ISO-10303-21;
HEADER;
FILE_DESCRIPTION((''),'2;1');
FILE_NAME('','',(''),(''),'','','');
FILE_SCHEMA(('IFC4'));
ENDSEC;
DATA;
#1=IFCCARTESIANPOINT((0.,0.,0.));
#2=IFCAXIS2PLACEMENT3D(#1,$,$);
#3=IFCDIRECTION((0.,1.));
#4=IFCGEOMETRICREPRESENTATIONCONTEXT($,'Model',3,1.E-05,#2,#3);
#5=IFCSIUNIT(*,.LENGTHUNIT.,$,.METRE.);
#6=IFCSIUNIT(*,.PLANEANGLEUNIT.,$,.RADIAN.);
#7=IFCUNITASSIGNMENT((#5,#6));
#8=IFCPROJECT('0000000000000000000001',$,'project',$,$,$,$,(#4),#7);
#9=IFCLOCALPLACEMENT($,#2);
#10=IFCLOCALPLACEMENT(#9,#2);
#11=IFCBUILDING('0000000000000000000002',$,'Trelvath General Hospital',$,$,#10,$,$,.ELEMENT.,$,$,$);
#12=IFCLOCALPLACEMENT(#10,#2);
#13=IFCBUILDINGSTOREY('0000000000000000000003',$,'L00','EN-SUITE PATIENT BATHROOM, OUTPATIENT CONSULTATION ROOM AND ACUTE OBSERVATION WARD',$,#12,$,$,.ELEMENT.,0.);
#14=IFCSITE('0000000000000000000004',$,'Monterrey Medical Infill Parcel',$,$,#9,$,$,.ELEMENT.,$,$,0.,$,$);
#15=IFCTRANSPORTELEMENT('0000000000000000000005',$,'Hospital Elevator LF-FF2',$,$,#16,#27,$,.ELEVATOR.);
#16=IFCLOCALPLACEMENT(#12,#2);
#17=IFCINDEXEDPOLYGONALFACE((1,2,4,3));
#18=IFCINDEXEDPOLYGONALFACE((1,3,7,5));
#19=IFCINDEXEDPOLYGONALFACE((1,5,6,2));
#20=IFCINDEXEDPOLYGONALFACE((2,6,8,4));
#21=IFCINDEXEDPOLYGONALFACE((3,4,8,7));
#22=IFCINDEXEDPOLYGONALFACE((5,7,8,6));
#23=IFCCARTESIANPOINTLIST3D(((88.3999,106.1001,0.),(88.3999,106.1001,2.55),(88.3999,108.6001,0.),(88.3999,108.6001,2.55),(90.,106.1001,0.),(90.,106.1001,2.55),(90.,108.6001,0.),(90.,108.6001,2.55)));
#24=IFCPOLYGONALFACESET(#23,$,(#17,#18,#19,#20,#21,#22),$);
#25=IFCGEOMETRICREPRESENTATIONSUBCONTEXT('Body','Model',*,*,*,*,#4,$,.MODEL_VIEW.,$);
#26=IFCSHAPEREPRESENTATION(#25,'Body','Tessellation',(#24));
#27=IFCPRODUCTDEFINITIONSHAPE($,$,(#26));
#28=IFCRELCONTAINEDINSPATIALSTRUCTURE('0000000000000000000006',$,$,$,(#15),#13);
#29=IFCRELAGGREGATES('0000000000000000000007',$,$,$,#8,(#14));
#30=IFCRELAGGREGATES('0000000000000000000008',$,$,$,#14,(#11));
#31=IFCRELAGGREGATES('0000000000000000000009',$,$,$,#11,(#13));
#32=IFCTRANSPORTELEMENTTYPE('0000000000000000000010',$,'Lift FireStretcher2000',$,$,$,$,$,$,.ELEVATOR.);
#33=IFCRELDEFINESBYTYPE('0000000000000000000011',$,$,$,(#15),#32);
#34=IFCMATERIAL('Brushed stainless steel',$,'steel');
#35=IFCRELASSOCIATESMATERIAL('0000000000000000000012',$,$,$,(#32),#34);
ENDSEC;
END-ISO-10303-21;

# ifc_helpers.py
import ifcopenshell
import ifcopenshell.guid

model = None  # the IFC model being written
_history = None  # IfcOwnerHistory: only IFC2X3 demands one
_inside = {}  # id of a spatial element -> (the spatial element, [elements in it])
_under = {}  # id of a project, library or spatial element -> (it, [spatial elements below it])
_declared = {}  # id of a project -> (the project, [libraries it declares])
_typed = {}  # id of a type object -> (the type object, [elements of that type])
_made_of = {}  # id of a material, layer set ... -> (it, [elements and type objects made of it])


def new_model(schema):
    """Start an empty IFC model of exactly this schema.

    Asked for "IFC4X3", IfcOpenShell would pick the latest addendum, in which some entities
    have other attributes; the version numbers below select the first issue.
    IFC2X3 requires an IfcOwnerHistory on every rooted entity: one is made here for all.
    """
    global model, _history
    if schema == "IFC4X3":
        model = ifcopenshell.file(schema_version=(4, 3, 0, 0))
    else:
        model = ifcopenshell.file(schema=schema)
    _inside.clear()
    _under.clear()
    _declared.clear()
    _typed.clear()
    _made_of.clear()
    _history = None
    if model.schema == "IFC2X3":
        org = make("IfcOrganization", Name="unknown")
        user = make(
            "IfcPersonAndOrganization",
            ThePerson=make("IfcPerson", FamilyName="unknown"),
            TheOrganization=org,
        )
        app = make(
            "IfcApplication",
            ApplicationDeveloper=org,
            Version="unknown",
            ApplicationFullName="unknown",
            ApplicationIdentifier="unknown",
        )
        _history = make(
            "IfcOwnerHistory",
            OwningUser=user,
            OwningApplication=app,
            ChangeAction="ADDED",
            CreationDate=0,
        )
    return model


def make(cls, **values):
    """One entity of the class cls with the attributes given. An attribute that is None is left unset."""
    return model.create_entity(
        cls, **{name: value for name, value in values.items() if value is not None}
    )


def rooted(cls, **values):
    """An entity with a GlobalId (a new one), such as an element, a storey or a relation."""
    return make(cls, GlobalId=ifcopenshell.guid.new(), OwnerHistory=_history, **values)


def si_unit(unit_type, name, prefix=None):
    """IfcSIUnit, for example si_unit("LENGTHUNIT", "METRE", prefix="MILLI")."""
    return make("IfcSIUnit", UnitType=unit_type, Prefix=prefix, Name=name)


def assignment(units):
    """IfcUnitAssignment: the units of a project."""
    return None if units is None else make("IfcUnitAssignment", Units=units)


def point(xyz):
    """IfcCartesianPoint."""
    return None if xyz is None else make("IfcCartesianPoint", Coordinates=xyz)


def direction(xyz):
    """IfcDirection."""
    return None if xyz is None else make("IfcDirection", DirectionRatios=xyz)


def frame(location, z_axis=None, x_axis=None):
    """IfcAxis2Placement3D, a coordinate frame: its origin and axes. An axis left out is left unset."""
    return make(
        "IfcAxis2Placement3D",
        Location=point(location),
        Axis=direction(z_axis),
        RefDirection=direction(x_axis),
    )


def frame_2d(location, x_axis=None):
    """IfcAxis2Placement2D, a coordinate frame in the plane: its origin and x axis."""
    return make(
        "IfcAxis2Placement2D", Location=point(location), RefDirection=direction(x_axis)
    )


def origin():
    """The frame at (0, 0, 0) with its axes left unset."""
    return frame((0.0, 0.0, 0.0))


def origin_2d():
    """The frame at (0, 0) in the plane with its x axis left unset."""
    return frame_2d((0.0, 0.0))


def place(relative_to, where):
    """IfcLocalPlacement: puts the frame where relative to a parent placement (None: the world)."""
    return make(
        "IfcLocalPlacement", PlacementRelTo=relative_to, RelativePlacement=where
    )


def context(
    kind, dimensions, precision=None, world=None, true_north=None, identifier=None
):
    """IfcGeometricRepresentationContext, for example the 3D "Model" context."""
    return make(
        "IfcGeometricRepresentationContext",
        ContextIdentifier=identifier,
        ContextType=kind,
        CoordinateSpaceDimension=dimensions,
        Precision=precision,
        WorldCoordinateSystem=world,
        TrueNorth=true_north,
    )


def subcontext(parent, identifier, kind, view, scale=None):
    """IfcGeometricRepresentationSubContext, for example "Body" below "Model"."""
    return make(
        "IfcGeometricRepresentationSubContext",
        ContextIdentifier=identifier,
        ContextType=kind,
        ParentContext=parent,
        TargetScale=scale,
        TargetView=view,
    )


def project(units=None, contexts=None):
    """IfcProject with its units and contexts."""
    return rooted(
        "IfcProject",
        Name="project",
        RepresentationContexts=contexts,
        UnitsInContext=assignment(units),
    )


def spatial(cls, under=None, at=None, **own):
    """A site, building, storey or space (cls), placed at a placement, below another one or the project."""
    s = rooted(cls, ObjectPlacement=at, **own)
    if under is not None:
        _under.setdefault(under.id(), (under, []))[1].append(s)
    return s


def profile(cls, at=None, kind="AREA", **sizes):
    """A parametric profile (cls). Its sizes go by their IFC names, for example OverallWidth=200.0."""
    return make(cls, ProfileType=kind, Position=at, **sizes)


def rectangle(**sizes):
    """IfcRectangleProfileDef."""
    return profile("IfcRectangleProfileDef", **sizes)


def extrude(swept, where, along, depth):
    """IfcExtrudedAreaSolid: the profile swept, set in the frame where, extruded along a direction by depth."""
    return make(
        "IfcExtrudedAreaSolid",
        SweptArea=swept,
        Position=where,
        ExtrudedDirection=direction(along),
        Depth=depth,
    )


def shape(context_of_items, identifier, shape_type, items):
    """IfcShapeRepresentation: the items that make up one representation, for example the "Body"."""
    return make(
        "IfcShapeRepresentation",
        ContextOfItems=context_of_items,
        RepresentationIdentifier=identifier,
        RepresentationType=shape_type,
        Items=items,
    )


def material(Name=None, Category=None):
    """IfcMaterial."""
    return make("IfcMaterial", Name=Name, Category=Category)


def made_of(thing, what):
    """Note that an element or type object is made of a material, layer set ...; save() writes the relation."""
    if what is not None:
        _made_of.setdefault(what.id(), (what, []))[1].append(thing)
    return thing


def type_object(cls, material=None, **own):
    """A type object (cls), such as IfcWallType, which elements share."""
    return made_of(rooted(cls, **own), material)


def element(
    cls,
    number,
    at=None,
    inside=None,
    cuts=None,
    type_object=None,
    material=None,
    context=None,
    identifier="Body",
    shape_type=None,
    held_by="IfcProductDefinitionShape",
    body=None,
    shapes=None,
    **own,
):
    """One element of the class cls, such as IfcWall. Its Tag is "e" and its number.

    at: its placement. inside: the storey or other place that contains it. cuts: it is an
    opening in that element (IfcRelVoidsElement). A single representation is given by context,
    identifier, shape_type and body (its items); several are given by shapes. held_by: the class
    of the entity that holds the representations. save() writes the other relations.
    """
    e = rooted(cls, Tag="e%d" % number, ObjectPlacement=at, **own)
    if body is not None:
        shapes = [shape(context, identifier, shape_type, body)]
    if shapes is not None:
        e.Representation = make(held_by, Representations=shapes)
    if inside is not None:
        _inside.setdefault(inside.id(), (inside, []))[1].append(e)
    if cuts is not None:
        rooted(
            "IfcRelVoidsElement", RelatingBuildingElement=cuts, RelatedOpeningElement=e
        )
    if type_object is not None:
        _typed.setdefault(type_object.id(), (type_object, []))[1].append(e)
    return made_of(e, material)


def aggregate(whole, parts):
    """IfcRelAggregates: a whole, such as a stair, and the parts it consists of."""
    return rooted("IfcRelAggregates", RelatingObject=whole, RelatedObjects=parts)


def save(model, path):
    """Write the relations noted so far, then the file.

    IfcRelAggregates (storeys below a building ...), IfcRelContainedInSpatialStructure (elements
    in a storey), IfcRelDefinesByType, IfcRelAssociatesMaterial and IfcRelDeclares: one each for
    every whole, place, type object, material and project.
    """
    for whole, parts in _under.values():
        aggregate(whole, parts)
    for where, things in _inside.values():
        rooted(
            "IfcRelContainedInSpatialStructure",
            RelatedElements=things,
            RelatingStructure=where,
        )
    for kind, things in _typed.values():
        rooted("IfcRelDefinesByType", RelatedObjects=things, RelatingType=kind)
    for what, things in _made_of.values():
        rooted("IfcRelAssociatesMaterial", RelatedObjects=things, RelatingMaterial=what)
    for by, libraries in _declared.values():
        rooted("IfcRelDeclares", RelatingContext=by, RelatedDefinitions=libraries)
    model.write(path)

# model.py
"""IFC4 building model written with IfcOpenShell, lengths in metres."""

from ifc_helpers import new_model, si_unit, direction, frame, origin, origin_2d, place, context, subcontext, project, spatial, rectangle, extrude, material, type_object, element, save


model = new_model("IFC4")

# Units and contexts
model_context = context("Model", 3, precision=1e-05, world=origin(), true_north=direction((0.0, 1.0)))
body_context = subcontext(model_context, "Body", "Model", "MODEL_VIEW")
ifc_project = project(units=[si_unit("LENGTHUNIT", "METRE"), si_unit("PLANEANGLEUNIT", "RADIAN")], contexts=[model_context])

# Site, building, storey
site_placement = place(None, origin())
site = spatial("IfcSite", under=ifc_project, at=site_placement, Name="Monterrey Medical Infill Parcel", CompositionType="ELEMENT", RefElevation=0.0)
building_placement = place(site_placement, origin())
building = spatial("IfcBuilding", under=site, at=building_placement, Name="Trelvath General Hospital", CompositionType="ELEMENT")
storey_placement = place(building_placement, origin())
storey = spatial("IfcBuildingStorey", under=building, at=storey_placement, Name="L00", Description="EN-SUITE PATIENT BATHROOM, OUTPATIENT CONSULTATION ROOM AND ACUTE OBSERVATION WARD", CompositionType="ELEMENT", Elevation=0.0)

# Transport element
ifc_material_1 = material(Name="Brushed stainless steel", Category="steel")
transport_element_type_1 = type_object("IfcTransportElementType", Name="Lift FireStretcher2000", PredefinedType="ELEVATOR", material=ifc_material_1)
transport_element_1_placement = place(storey_placement, frame((89.2, 107.3501, 0.0), z_axis=(0.0, 0.0, 1.0), x_axis=(1.0, 0.0, 0.0)))
element("IfcTransportElement", 1, at=transport_element_1_placement, inside=storey, type_object=transport_element_type_1, Name="Hospital Elevator LF-FF2", PredefinedType="ELEVATOR", context=body_context, shape_type="SweptSolid", body=[
    extrude(rectangle(XDim=1.6001, YDim=2.5, at=origin_2d()), origin(), (0.0, 0.0, 1.0), 2.55),
])

save(model, "model.ifc")
